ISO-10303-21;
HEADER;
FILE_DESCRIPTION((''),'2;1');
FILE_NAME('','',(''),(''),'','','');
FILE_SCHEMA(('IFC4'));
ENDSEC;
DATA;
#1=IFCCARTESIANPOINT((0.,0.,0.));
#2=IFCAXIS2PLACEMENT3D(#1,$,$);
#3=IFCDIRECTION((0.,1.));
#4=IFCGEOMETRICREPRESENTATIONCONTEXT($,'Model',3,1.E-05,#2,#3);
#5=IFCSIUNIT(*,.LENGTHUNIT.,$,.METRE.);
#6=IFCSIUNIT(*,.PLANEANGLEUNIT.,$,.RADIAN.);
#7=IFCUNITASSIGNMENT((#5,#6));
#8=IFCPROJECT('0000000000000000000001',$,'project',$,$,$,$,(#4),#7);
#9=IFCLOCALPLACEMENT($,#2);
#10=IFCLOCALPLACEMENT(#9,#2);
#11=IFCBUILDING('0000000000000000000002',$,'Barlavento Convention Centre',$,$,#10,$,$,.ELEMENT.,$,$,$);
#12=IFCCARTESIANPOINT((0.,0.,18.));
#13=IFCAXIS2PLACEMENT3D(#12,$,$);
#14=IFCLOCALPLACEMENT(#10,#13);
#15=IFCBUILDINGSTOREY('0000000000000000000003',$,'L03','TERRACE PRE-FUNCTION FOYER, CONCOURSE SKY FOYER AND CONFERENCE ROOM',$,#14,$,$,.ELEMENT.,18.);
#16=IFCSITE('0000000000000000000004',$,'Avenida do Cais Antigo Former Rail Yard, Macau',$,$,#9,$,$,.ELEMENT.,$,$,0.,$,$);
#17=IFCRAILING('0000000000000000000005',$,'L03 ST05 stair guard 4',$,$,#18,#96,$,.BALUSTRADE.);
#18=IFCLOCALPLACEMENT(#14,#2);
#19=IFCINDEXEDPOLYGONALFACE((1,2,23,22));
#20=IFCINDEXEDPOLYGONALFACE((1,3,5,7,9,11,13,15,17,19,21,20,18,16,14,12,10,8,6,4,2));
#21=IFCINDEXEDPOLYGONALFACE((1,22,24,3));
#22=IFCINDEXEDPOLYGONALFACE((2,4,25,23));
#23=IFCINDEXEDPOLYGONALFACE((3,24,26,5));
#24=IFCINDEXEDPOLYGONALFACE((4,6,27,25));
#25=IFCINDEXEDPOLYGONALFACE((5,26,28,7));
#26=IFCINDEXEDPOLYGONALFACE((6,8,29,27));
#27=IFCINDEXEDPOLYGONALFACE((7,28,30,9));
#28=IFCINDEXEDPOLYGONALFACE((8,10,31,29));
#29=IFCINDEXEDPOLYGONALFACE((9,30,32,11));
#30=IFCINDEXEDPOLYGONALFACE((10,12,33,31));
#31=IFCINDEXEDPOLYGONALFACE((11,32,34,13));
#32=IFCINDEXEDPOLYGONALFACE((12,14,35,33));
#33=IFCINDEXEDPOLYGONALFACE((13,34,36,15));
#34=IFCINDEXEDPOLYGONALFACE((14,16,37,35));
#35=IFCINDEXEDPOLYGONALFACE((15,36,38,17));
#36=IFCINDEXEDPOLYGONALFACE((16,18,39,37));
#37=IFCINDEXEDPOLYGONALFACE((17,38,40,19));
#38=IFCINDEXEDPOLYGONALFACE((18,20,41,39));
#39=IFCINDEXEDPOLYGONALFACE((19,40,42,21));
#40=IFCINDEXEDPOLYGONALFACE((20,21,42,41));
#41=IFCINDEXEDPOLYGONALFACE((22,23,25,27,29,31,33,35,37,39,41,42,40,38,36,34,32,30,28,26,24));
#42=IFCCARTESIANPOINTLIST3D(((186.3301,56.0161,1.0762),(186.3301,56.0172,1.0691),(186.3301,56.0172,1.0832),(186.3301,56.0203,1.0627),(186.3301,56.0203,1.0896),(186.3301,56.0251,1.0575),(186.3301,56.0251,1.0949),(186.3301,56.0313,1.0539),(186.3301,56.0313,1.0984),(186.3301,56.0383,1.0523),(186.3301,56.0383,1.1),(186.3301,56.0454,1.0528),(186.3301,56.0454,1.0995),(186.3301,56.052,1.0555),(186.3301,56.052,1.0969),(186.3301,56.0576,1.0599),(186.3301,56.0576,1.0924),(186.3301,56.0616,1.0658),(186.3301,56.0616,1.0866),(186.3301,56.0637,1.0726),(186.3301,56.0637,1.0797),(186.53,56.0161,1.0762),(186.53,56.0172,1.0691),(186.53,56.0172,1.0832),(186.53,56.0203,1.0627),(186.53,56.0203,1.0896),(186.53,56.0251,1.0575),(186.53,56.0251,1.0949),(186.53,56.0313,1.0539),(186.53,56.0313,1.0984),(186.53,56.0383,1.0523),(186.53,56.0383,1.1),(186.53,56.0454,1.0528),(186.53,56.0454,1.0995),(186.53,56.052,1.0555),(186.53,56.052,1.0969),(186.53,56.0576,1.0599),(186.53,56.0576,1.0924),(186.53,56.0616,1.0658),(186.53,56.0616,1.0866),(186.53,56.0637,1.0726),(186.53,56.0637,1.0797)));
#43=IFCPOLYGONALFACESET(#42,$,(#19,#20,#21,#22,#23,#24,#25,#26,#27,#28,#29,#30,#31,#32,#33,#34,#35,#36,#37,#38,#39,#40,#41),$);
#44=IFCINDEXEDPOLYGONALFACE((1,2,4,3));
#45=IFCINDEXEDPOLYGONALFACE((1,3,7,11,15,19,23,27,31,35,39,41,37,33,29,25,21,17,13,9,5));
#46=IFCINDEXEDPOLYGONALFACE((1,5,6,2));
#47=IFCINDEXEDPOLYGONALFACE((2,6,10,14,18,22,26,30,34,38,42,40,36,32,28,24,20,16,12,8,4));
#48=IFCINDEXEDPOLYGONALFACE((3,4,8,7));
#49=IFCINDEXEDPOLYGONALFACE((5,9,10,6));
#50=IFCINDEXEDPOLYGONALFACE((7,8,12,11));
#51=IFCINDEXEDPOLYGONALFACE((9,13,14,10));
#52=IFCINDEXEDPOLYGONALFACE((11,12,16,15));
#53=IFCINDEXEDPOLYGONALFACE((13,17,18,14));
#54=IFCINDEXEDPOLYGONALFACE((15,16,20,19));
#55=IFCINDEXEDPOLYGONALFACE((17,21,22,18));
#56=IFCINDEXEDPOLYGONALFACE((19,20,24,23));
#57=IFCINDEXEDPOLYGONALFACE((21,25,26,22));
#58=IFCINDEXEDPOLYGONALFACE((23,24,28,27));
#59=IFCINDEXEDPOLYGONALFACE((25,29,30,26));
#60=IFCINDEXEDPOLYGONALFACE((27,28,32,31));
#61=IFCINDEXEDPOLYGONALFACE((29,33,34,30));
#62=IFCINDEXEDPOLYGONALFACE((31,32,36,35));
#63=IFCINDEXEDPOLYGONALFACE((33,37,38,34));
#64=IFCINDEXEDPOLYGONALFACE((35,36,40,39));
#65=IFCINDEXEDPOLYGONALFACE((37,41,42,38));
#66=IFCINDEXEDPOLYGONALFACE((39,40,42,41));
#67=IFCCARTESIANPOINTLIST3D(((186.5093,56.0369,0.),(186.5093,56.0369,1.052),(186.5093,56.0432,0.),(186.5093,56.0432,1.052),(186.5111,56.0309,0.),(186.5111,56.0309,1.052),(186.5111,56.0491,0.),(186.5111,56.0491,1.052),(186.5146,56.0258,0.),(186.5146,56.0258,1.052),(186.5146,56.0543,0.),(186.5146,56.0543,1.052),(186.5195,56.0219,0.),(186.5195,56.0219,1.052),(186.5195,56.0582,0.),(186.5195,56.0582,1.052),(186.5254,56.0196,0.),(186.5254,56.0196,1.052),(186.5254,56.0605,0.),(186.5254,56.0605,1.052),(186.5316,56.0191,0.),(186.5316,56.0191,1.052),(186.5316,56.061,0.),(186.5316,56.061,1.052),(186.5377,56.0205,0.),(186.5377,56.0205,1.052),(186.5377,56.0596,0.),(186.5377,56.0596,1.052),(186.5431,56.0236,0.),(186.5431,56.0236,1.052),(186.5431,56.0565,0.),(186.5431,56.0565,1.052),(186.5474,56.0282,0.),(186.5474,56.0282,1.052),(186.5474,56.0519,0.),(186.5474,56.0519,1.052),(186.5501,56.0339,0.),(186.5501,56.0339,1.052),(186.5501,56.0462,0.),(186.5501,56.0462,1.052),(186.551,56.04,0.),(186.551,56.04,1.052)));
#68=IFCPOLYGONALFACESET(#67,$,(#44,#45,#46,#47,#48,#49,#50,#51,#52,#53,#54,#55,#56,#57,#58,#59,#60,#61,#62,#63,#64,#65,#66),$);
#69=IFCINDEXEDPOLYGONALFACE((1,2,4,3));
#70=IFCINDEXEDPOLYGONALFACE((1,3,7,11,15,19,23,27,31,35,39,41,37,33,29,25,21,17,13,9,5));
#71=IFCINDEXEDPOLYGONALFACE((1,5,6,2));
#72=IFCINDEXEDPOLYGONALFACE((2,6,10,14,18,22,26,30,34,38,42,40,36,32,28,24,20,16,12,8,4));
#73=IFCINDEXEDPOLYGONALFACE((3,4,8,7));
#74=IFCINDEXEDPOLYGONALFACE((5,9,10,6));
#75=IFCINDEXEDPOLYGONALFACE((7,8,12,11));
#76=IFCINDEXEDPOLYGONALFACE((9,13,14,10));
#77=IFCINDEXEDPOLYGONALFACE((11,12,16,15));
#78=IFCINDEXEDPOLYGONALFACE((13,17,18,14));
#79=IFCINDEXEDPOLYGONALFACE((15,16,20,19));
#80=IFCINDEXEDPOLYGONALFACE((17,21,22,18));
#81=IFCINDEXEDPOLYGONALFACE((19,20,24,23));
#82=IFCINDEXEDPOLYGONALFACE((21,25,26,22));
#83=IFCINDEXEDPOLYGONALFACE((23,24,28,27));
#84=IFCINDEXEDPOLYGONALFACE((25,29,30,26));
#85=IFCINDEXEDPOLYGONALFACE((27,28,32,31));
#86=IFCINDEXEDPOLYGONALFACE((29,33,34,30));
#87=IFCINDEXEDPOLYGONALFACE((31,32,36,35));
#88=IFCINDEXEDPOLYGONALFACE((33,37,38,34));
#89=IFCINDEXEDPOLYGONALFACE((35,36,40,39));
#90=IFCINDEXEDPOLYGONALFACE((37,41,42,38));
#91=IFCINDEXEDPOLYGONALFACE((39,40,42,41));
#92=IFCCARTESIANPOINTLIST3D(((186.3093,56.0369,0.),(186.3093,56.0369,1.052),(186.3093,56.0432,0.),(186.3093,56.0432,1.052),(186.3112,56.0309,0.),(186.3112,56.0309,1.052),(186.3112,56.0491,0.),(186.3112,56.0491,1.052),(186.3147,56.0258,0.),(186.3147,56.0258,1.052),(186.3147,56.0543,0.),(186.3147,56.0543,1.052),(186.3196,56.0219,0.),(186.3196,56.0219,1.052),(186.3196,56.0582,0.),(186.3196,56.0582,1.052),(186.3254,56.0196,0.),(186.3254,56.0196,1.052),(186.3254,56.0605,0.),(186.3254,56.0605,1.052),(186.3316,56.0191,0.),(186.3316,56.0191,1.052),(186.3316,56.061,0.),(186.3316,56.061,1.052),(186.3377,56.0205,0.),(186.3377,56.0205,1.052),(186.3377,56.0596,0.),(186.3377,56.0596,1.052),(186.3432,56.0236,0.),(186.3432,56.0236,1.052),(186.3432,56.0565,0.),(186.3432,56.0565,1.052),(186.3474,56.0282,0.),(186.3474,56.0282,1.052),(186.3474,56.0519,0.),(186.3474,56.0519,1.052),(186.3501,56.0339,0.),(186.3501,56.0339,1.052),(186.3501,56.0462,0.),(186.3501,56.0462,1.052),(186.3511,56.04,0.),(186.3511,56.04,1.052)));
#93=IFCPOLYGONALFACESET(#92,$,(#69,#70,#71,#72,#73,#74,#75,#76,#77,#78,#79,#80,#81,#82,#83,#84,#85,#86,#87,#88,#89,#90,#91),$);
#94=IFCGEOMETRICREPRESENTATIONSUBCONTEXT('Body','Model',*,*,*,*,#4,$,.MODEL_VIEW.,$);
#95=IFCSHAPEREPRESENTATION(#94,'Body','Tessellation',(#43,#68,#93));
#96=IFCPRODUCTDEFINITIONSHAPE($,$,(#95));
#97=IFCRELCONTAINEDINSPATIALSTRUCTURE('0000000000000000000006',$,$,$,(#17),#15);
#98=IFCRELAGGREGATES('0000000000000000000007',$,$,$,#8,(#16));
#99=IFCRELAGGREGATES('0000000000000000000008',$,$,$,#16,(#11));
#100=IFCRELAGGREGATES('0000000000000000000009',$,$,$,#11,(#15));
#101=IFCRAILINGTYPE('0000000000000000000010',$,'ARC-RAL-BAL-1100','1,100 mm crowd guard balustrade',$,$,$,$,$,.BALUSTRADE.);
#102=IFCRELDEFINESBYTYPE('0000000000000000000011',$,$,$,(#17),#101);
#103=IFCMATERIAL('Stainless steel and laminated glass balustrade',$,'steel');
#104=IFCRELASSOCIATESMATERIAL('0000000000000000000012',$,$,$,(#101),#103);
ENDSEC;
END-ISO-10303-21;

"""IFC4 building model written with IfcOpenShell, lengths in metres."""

from ifc_helpers import new_model, si_unit, direction, frame, origin, origin_2d, place, context, subcontext, project, spatial, circle, extrude, material, type_object, element, save


model = new_model("IFC4")

# Units and contexts
model_context = context("Model", 3, precision=1e-05, world=origin(), true_north=direction((0.0, 1.0)))
body_context = subcontext(model_context, "Body", "Model", "MODEL_VIEW")
ifc_project = project(units=[si_unit("LENGTHUNIT", "METRE"), si_unit("PLANEANGLEUNIT", "RADIAN")], contexts=[model_context])

# Site, building, storey
site_placement = place(None, origin())
site = spatial("IfcSite", under=ifc_project, at=site_placement, Name="Avenida do Cais Antigo Former Rail Yard, Macau", CompositionType="ELEMENT", RefElevation=0.0)
building_placement = place(site_placement, origin())
building = spatial("IfcBuilding", under=site, at=building_placement, Name="Barlavento Convention Centre", CompositionType="ELEMENT")
storey_placement = place(building_placement, frame((0.0, 0.0, 18.0)))
storey = spatial("IfcBuildingStorey", under=building, at=storey_placement, Name="L03", Description="TERRACE PRE-FUNCTION FOYER, CONCOURSE SKY FOYER AND CONFERENCE ROOM", CompositionType="ELEMENT", Elevation=18.0)

# Railing
ifc_material_1 = material(Name="Stainless steel and laminated glass balustrade", Category="steel")
railing_type_1 = type_object("IfcRailingType", Name="ARC-RAL-BAL-1100", Description="1,100 mm crowd guard balustrade", PredefinedType="BALUSTRADE", material=ifc_material_1)
railing_1_placement = place(storey_placement, frame((186.53, 56.04, 0.0)))
element("IfcRailing", 1, at=railing_1_placement, inside=storey, type_object=railing_type_1, Name="L03 ST05 stair guard 4", PredefinedType="BALUSTRADE", context=body_context, shape_type="SweptSolid", body=[
    extrude(circle(Radius=0.0239, at=origin_2d()), frame((0.0, 0.0, 1.0762), z_axis=(-1.0, 0.0, 0.0), x_axis=(0.0, -1.0, 0.0)), (0.0, 0.0, 1.0), 0.2),
    extrude(circle(Radius=0.021, at=origin_2d()), origin(), (0.0, 0.0, 1.0), 1.052),
    extrude(circle(Radius=0.021, at=origin_2d()), frame((-0.2, 0.0, 0.0)), (0.0, 0.0, 1.0), 1.052),
])

save(model, "model.ifc")
